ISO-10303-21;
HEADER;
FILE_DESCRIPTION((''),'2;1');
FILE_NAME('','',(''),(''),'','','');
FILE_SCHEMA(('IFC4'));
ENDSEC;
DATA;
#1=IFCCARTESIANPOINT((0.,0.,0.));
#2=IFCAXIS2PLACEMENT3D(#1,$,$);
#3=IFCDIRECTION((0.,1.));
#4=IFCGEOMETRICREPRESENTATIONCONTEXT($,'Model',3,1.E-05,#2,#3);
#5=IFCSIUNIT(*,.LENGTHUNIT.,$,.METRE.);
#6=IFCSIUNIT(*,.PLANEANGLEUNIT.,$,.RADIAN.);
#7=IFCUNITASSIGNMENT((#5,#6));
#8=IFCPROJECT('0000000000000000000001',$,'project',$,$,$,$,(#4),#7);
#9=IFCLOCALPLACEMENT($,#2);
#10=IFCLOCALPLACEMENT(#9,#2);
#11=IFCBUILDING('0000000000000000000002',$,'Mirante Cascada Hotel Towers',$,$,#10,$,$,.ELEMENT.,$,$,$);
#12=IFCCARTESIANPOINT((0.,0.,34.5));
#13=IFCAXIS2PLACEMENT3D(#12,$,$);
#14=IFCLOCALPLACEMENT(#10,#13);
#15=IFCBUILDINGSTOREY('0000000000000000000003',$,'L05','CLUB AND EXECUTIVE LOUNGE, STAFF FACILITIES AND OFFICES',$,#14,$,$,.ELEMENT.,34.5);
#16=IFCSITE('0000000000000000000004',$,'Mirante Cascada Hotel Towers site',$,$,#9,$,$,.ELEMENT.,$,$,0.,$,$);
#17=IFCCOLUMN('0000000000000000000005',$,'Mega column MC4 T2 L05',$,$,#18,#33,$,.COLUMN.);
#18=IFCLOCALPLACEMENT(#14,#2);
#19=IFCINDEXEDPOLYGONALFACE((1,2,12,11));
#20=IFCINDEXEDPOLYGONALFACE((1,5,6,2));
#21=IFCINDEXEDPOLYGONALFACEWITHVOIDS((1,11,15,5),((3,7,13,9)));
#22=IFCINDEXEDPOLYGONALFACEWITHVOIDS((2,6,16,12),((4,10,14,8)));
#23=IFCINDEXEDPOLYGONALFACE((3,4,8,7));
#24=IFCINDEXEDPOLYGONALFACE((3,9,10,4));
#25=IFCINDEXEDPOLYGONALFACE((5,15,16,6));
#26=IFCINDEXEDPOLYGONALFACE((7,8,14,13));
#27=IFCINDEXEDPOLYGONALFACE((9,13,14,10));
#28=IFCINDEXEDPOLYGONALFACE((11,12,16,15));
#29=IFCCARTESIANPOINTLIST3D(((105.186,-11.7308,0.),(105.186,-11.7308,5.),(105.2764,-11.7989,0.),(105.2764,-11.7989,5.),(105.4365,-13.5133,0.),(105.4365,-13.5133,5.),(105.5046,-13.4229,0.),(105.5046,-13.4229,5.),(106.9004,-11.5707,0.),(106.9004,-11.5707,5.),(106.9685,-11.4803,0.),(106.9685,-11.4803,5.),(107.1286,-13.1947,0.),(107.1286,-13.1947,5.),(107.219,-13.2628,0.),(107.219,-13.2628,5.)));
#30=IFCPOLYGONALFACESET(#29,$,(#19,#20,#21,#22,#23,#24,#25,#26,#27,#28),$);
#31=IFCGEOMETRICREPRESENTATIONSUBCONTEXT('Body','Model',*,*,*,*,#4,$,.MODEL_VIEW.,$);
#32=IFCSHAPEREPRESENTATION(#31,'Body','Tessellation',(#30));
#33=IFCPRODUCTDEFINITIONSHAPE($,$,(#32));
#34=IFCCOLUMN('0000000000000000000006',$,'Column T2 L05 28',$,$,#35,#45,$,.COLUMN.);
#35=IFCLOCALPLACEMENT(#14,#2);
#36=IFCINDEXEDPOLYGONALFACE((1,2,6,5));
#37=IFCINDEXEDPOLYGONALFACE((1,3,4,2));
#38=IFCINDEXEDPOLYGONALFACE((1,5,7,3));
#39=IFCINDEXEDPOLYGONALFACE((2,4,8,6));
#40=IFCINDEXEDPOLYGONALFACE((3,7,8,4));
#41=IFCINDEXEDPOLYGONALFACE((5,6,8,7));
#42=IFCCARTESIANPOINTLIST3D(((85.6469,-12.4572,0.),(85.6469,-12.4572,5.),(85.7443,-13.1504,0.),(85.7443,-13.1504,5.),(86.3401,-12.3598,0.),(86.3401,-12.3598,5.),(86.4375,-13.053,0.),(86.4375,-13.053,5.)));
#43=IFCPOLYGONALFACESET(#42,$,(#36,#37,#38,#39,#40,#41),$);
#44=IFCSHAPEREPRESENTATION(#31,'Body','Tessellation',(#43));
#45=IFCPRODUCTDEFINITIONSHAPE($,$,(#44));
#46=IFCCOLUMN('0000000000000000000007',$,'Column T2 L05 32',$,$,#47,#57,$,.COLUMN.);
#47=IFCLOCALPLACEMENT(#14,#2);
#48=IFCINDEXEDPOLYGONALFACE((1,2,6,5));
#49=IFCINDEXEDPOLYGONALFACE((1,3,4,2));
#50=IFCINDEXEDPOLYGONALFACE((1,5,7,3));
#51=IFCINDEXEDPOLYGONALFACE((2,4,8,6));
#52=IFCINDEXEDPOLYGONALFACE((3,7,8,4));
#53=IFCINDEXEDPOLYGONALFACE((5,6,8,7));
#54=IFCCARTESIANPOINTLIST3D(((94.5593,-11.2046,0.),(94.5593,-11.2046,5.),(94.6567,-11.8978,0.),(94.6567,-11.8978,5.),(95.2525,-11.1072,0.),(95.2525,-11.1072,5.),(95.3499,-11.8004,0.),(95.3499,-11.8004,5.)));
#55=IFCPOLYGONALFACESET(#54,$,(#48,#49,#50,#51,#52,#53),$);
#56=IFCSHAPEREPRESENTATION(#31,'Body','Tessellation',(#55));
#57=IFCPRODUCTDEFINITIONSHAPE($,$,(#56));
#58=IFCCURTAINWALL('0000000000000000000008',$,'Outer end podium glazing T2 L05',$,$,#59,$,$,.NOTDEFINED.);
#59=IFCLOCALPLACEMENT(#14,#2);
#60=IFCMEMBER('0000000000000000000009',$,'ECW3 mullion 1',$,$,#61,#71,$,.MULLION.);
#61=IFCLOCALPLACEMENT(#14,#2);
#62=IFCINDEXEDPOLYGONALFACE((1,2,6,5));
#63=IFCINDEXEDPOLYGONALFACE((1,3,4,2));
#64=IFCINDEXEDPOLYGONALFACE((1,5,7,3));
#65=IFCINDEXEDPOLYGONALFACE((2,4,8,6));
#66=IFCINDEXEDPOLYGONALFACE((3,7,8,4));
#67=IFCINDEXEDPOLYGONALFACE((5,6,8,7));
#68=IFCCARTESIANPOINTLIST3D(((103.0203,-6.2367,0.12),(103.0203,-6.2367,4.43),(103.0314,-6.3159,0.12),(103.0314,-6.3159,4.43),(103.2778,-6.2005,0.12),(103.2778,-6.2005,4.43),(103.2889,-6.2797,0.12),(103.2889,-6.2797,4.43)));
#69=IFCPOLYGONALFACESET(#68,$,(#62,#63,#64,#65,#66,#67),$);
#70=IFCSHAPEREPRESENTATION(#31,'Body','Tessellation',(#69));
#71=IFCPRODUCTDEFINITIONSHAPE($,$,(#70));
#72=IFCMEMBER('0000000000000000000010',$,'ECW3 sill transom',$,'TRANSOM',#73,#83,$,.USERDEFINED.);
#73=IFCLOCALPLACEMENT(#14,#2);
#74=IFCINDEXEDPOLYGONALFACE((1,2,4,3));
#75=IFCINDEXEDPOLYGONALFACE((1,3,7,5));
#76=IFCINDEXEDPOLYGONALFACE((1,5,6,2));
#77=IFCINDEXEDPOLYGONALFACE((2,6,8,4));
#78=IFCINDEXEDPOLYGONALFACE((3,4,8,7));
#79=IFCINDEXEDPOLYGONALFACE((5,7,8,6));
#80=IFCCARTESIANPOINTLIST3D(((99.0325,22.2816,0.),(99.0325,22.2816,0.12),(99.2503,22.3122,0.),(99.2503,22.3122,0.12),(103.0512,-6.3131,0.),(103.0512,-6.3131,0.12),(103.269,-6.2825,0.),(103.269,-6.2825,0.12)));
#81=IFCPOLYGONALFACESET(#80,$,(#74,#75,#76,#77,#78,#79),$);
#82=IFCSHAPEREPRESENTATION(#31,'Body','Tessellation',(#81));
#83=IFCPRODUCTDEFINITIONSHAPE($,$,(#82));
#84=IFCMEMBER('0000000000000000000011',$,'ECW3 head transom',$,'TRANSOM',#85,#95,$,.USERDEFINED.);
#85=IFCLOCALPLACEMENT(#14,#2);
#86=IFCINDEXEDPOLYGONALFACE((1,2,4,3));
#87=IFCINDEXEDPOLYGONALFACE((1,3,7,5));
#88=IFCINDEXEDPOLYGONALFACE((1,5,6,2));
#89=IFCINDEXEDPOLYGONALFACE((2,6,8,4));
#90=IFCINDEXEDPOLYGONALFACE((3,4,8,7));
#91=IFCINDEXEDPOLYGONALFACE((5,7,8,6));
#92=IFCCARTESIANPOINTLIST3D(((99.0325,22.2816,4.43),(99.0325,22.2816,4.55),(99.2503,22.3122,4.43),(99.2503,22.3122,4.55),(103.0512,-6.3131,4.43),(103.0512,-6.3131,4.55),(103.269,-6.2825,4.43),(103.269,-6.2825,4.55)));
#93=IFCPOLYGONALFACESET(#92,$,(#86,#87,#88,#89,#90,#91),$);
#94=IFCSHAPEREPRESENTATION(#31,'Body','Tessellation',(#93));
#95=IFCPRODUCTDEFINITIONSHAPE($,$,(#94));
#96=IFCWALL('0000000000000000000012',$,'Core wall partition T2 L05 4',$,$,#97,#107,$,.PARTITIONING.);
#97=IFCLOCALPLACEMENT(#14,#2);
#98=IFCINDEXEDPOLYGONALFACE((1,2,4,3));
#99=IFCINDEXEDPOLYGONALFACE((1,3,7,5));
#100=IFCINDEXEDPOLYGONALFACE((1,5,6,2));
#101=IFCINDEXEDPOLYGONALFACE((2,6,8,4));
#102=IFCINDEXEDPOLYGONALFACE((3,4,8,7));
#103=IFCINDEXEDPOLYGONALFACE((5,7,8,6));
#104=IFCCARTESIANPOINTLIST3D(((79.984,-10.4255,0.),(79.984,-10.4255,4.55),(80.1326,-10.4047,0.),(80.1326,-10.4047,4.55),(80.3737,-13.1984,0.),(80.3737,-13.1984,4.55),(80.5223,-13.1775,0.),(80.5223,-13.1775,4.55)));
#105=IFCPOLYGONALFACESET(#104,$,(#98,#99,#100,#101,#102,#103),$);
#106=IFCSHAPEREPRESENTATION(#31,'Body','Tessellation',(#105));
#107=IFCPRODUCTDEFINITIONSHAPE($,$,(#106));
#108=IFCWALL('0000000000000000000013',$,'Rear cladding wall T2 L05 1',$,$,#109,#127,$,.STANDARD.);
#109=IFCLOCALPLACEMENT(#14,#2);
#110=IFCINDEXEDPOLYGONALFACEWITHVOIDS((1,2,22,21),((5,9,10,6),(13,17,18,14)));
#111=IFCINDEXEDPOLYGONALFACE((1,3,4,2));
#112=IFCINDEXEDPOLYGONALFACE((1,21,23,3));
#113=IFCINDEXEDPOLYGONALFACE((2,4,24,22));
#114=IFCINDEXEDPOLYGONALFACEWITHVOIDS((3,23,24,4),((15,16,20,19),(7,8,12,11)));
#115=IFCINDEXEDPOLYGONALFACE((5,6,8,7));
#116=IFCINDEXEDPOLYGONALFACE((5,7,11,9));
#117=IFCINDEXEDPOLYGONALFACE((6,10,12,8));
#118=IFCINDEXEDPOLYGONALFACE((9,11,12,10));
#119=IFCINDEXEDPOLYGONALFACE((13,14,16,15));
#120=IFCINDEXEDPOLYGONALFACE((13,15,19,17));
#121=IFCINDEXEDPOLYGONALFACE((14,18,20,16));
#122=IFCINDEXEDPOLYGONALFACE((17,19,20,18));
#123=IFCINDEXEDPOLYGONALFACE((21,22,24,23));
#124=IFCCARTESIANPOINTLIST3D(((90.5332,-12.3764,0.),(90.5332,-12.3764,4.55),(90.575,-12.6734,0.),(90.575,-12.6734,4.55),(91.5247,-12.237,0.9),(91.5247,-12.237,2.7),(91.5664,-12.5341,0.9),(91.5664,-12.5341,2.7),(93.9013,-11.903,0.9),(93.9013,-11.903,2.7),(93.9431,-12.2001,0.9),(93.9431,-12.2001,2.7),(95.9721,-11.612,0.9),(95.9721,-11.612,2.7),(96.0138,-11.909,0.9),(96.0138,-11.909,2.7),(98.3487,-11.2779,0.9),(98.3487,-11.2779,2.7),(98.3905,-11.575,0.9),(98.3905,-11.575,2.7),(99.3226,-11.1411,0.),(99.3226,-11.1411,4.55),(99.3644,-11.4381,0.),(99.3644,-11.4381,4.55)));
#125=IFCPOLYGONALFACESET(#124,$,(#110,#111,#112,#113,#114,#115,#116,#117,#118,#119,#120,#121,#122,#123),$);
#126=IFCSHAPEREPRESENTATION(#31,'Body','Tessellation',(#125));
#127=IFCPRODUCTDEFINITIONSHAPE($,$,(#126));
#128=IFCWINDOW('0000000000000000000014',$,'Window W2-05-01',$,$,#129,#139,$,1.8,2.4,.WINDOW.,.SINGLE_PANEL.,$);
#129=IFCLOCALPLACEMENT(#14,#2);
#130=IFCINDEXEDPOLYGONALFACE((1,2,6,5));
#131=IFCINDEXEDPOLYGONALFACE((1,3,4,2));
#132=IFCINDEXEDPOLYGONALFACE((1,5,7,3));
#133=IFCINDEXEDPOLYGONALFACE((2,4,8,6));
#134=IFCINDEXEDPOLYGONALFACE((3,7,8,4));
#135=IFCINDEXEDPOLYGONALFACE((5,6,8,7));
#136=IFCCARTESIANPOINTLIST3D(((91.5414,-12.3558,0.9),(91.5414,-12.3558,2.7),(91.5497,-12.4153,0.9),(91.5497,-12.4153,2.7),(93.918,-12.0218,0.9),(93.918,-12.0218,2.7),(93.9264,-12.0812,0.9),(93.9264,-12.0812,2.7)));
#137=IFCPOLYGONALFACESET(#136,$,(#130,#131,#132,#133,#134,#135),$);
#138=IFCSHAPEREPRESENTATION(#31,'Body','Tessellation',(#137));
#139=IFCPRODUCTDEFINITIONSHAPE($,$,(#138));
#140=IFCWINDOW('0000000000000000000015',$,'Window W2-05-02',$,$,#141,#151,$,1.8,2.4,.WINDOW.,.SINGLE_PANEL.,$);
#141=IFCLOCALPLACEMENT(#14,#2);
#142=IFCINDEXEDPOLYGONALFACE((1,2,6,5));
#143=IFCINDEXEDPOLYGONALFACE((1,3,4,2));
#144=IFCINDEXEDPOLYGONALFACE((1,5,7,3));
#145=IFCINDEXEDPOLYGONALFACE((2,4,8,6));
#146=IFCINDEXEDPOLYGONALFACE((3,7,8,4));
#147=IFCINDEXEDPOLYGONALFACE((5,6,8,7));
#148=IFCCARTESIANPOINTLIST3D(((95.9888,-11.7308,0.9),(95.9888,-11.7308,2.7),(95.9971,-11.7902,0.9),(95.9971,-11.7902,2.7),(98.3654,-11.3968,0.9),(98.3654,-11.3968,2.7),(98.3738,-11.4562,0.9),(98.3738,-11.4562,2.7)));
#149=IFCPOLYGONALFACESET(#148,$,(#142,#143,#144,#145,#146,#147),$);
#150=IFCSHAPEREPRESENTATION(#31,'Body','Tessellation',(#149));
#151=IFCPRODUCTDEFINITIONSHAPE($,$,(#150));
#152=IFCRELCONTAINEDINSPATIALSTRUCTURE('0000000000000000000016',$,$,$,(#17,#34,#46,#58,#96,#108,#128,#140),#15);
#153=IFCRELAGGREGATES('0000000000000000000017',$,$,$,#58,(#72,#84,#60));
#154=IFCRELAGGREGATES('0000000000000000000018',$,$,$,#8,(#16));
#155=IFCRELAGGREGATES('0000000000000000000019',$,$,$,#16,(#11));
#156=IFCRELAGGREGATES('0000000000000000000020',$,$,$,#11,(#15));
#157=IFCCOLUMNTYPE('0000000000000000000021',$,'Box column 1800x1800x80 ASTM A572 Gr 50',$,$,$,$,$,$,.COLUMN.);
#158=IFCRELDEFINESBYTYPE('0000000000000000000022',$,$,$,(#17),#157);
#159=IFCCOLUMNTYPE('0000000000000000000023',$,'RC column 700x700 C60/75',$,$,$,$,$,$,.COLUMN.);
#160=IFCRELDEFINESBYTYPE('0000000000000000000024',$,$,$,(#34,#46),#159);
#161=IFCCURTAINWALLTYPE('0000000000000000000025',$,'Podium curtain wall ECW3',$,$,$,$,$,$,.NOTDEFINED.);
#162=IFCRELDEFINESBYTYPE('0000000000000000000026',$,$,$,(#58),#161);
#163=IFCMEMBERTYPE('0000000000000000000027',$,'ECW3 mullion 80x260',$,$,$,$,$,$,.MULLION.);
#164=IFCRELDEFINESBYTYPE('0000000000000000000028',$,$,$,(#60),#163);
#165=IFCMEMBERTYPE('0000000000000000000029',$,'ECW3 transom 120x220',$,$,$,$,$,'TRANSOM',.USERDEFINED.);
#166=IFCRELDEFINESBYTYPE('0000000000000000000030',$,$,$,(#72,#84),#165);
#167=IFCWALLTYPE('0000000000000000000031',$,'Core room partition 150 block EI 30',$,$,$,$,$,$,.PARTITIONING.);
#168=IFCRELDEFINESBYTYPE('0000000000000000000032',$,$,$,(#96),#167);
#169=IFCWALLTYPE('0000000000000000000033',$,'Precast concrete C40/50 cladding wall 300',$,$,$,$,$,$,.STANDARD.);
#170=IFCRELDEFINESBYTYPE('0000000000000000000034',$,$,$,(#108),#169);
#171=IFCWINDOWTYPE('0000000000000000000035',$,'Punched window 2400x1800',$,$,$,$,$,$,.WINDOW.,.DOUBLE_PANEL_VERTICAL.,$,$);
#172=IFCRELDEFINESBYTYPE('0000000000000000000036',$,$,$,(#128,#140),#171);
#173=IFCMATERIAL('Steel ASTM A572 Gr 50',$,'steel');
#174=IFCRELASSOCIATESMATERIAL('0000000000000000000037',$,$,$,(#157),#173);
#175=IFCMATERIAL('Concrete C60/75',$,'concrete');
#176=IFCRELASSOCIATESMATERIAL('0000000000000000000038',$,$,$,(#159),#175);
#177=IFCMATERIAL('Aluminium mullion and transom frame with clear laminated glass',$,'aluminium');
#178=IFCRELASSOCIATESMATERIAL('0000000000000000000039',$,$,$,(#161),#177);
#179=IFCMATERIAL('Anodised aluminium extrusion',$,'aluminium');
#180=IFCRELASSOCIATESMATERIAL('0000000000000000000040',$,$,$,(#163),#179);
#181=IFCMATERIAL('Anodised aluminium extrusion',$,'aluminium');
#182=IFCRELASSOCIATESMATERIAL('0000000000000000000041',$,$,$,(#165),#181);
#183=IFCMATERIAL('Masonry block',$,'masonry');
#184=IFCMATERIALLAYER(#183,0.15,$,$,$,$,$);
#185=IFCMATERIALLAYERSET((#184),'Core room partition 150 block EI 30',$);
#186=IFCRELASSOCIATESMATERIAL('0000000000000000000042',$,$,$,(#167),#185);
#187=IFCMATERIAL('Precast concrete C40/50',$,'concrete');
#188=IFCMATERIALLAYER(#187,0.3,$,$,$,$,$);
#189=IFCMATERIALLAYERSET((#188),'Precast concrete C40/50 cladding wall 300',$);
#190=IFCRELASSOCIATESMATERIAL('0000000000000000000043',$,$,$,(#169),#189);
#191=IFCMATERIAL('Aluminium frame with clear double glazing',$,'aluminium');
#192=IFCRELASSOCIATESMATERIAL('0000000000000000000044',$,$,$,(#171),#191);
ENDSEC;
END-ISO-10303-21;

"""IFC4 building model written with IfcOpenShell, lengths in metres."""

from ifc_helpers import new_model, si_unit, direction, frame, frame_2d, origin, origin_2d, place, context, subcontext, project, spatial, rectangle, hollow_rectangle, extrude, material, layer, layer_set, material_profile, profile_set, type_object, element, fill, aggregate, save


model = new_model("IFC4")

# Units and contexts
model_context = context("Model", 3, precision=1e-05, world=origin(), true_north=direction((0.0, 1.0)))
body_context = subcontext(model_context, "Body", "Model", "MODEL_VIEW")
ifc_project = project(units=[si_unit("LENGTHUNIT", "METRE"), si_unit("PLANEANGLEUNIT", "RADIAN")], contexts=[model_context])

# Site, building, storey
site_placement = place(None, origin())
site = spatial("IfcSite", under=ifc_project, at=site_placement, Name="Mirante Cascada Hotel Towers site", CompositionType="ELEMENT", RefElevation=0.0)
building_placement = place(site_placement, origin())
building = spatial("IfcBuilding", under=site, at=building_placement, Name="Mirante Cascada Hotel Towers", CompositionType="ELEMENT")
storey_placement = place(building_placement, frame((0.0, 0.0, 34.5)))
storey = spatial("IfcBuildingStorey", under=building, at=storey_placement, Name="L05", Description="CLUB AND EXECUTIVE LOUNGE, STAFF FACILITIES AND OFFICES", CompositionType="ELEMENT", Elevation=34.5)

# Columns
ifc_material_1 = material(Name="Steel ASTM A572 Gr 50", Category="steel")
ifc_material_profile_1 = material_profile(ifc_material_1, hollow_rectangle(XDim=1.8, YDim=1.8, WallThickness=0.08, at=origin_2d()), Name="Box column 1800x1800x80 ASTM A572 Gr 50")
ifc_profile_set_1 = profile_set([ifc_material_profile_1], Name="Steel ASTM A572 Gr 50")
column_type_1 = type_object("IfcColumnType", Name="Box column 1800x1800x80 ASTM A572 Gr 50", PredefinedType="COLUMN", material=ifc_profile_set_1)
column_placement = place(storey_placement, frame((106.2025, -12.4968, 0.0), z_axis=(0.0, 0.0, 1.0), x_axis=(0.990268, 0.139173, 0.0)))
element("IfcColumn", 1, at=column_placement, inside=storey, type_object=column_type_1, Name="Mega column MC4 T2 L05", PredefinedType="COLUMN", context=body_context, shape_type="SweptSolid", body=[
    extrude(hollow_rectangle(XDim=1.8, YDim=1.8, WallThickness=0.08, at=origin_2d()), origin(), (0.0, 0.0, 1.0), 5.0),
])
ifc_material_2 = material(Name="Concrete C60/75", Category="concrete")
ifc_material_profile_2 = material_profile(ifc_material_2, rectangle(XDim=0.7, YDim=0.7, at=origin_2d()), Name="RC column 700x700 C60/75")
ifc_profile_set_2 = profile_set([ifc_material_profile_2], Name="Concrete C60/75")
column_type_2 = type_object("IfcColumnType", Name="RC column 700x700 C60/75", PredefinedType="COLUMN", material=ifc_profile_set_2)
for number, where, z_axis, x_axis, name in (
    (2, (86.0422, -12.7551, 0.0), (0.0, 0.0, 1.0), (0.990268, 0.139173, 0.0), "Column T2 L05 28"),
    (3, (94.9546, -11.5025, 0.0), (0.0, 0.0, 1.0), (0.990268, 0.139173, 0.0), "Column T2 L05 32"),
):
    element("IfcColumn", number, at=place(storey_placement, frame(where, z_axis=z_axis, x_axis=x_axis)), inside=storey, type_object=column_type_2, Name=name, PredefinedType="COLUMN", context=body_context, shape_type="SweptSolid", body=[
        extrude(rectangle(XDim=0.7, YDim=0.7, at=origin_2d()), origin(), (0.0, 0.0, 1.0), 5.0),
    ])

# Curtain wall, members
ifc_material_3 = material(Name="Aluminium mullion and transom frame with clear laminated glass", Category="aluminium")
curtain_wall_type = type_object("IfcCurtainWallType", Name="Podium curtain wall ECW3", PredefinedType="NOTDEFINED", material=ifc_material_3)
curtain_wall_placement = place(storey_placement, origin())
curtain_wall = element("IfcCurtainWall", 4, at=curtain_wall_placement, inside=storey, type_object=curtain_wall_type, Name="Outer end podium glazing T2 L05", PredefinedType="NOTDEFINED")
ifc_material_4 = material(Name="Anodised aluminium extrusion", Category="aluminium")
ifc_material_profile_3 = material_profile(ifc_material_4, rectangle(XDim=0.26, YDim=0.08, at=origin_2d()), Name="ECW3 MULLION 80x260")
ifc_profile_set_3 = profile_set([ifc_material_profile_3], Name="Anodised aluminium extrusion")
member_type_1 = type_object("IfcMemberType", Name="ECW3 mullion 80x260", PredefinedType="MULLION", material=ifc_profile_set_3)
member_1_placement = place(storey_placement, frame((103.1546, -6.2582, 0.12), z_axis=(0.0, 0.0, 1.0), x_axis=(-0.990268, -0.139173, 0.0)))
member_1 = element("IfcMember", 5, at=member_1_placement, type_object=member_type_1, Name="ECW3 mullion 1", PredefinedType="MULLION", context=body_context, shape_type="SweptSolid", body=[
    extrude(rectangle(XDim=0.26, YDim=0.08, at=origin_2d()), origin(), (0.0, 0.0, 1.0), 4.31),
])
ifc_material_5 = material(Name="Anodised aluminium extrusion", Category="aluminium")
ifc_material_profile_4 = material_profile(ifc_material_5, rectangle(XDim=0.22, YDim=0.12, at=origin_2d()), Name="ECW3 TRANSOM 120x220")
ifc_profile_set_4 = profile_set([ifc_material_profile_4], Name="Anodised aluminium extrusion")
member_type_2 = type_object("IfcMemberType", Name="ECW3 transom 120x220", ElementType="TRANSOM", PredefinedType="USERDEFINED", material=ifc_profile_set_4)
member_2_placement = place(storey_placement, frame((103.1601, -6.2978, 0.06), z_axis=(-0.139172, 0.990268, 0.0), x_axis=(-0.990268, -0.139172, 0.0)))
member_2 = element("IfcMember", 6, at=member_2_placement, type_object=member_type_2, Name="ECW3 sill transom", ObjectType="TRANSOM", PredefinedType="USERDEFINED", context=body_context, shape_type="SweptSolid", body=[
    extrude(rectangle(XDim=0.22, YDim=0.12, at=origin_2d()), origin(), (0.0, 0.0, 1.0), 28.8757),
])
member_3_placement = place(storey_placement, frame((103.1601, -6.2978, 4.49), z_axis=(-0.139172, 0.990268, 0.0), x_axis=(-0.990268, -0.139172, 0.0)))
member_3 = element("IfcMember", 7, at=member_3_placement, type_object=member_type_2, Name="ECW3 head transom", ObjectType="TRANSOM", PredefinedType="USERDEFINED", context=body_context, shape_type="SweptSolid", body=[
    extrude(rectangle(XDim=0.22, YDim=0.12, at=origin_2d()), origin(), (0.0, 0.0, 1.0), 28.8757),
])
aggregate(curtain_wall, [member_2, member_3, member_1])

# Wall
ifc_material_6 = material(Name="Masonry block", Category="masonry")
ifc_layer_1 = layer(ifc_material_6, 0.15)
ifc_layer_set_1 = layer_set([ifc_layer_1], Name="Core room partition 150 block EI 30")
wall_type_1 = type_object("IfcWallType", Name="Core room partition 150 block EI 30", PredefinedType="PARTITIONING", material=ifc_layer_set_1)
wall_1_placement = place(storey_placement, frame((80.448, -13.1879, 0.0), z_axis=(0.0, 0.0, 1.0), x_axis=(-0.139176, 0.990268, 0.0)))
element("IfcWall", 8, at=wall_1_placement, inside=storey, type_object=wall_type_1, Name="Core wall partition T2 L05 4", PredefinedType="PARTITIONING", context=body_context, shape_type="SweptSolid", body=[
    extrude(rectangle(XDim=2.8001, YDim=0.15, at=frame_2d((1.4, 0.0))), origin(), (0.0, 0.0, 1.0), 4.55),
])

# Wall, openings, windows
ifc_material_7 = material(Name="Precast concrete C40/50", Category="concrete")
ifc_layer_2 = layer(ifc_material_7, 0.3)
ifc_layer_set_2 = layer_set([ifc_layer_2], Name="Precast concrete C40/50 cladding wall 300")
wall_type_2 = type_object("IfcWallType", Name="Precast concrete C40/50 cladding wall 300", PredefinedType="STANDARD", material=ifc_layer_set_2)
wall_2_placement = place(storey_placement, frame((90.5541, -12.5249, 0.0), z_axis=(0.0, 0.0, 1.0), x_axis=(0.990268, 0.139177, 0.0)))
wall_2 = element("IfcWall", 9, at=wall_2_placement, inside=storey, type_object=wall_type_2, Name="Rear cladding wall T2 L05 1", PredefinedType="STANDARD", context=body_context, shape_type="SweptSolid", body=[
    extrude(rectangle(XDim=8.8758, YDim=0.3, at=frame_2d((4.4379, 0.0))), origin(), (0.0, 0.0, 1.0), 4.55),
])
opening_1_placement = place(wall_2_placement, frame((1.0012, 0.0, 0.9)))
opening_1 = element("IfcOpeningElement", 10, at=opening_1_placement, cuts=wall_2, PredefinedType="OPENING", context=body_context, shape_type="SweptSolid", body=[
    extrude(rectangle(XDim=2.4, YDim=1.8, at=frame_2d((1.2, 0.9))), frame((0.0, 0.15, 0.0), z_axis=(0.0, -1.0, 0.0), x_axis=(1.0, 0.0, 0.0)), (0.0, 0.0, 1.0), 0.3),
])
opening_2_placement = place(wall_2_placement, frame((5.4923, 0.0, 0.9)))
opening_2 = element("IfcOpeningElement", 11, at=opening_2_placement, cuts=wall_2, PredefinedType="OPENING", context=body_context, shape_type="SweptSolid", body=[
    extrude(rectangle(XDim=2.4, YDim=1.8, at=frame_2d((1.2, 0.9))), frame((0.0, 0.15, 0.0), z_axis=(0.0, -1.0, 0.0), x_axis=(1.0, 0.0, 0.0)), (0.0, 0.0, 1.0), 0.3),
])
ifc_material_8 = material(Name="Aluminium frame with clear double glazing", Category="aluminium")
window_type_1 = type_object("IfcWindowType", Name="Punched window 2400x1800", PartitioningType="DOUBLE_PANEL_VERTICAL", PredefinedType="WINDOW", material=ifc_material_8)
window_1_placement = place(opening_1_placement, origin())
window_1 = element("IfcWindow", 12, at=window_1_placement, inside=storey, type_object=window_type_1, Name="Window W2-05-01", OverallHeight=1.8, OverallWidth=2.4, PartitioningType="SINGLE_PANEL", PredefinedType="WINDOW", context=body_context, shape_type="SweptSolid", body=[
    extrude(rectangle(XDim=2.4, YDim=1.8, at=frame_2d((1.2, 0.9))), frame((0.0, 0.03, 0.0), z_axis=(0.0, -1.0, 0.0), x_axis=(1.0, 0.0, 0.0)), (0.0, 0.0, 1.0), 0.06),
])
fill(opening_1, window_1)
window_2_placement = place(opening_2_placement, origin())
window_2 = element("IfcWindow", 13, at=window_2_placement, inside=storey, type_object=window_type_1, Name="Window W2-05-02", OverallHeight=1.8, OverallWidth=2.4, PartitioningType="SINGLE_PANEL", PredefinedType="WINDOW", context=body_context, shape_type="SweptSolid", body=[
    extrude(rectangle(XDim=2.4, YDim=1.8, at=frame_2d((1.2, 0.9))), frame((0.0, 0.03, 0.0), z_axis=(0.0, -1.0, 0.0), x_axis=(1.0, 0.0, 0.0)), (0.0, 0.0, 1.0), 0.06),
])
fill(opening_2, window_2)

save(model, "model.ifc")
